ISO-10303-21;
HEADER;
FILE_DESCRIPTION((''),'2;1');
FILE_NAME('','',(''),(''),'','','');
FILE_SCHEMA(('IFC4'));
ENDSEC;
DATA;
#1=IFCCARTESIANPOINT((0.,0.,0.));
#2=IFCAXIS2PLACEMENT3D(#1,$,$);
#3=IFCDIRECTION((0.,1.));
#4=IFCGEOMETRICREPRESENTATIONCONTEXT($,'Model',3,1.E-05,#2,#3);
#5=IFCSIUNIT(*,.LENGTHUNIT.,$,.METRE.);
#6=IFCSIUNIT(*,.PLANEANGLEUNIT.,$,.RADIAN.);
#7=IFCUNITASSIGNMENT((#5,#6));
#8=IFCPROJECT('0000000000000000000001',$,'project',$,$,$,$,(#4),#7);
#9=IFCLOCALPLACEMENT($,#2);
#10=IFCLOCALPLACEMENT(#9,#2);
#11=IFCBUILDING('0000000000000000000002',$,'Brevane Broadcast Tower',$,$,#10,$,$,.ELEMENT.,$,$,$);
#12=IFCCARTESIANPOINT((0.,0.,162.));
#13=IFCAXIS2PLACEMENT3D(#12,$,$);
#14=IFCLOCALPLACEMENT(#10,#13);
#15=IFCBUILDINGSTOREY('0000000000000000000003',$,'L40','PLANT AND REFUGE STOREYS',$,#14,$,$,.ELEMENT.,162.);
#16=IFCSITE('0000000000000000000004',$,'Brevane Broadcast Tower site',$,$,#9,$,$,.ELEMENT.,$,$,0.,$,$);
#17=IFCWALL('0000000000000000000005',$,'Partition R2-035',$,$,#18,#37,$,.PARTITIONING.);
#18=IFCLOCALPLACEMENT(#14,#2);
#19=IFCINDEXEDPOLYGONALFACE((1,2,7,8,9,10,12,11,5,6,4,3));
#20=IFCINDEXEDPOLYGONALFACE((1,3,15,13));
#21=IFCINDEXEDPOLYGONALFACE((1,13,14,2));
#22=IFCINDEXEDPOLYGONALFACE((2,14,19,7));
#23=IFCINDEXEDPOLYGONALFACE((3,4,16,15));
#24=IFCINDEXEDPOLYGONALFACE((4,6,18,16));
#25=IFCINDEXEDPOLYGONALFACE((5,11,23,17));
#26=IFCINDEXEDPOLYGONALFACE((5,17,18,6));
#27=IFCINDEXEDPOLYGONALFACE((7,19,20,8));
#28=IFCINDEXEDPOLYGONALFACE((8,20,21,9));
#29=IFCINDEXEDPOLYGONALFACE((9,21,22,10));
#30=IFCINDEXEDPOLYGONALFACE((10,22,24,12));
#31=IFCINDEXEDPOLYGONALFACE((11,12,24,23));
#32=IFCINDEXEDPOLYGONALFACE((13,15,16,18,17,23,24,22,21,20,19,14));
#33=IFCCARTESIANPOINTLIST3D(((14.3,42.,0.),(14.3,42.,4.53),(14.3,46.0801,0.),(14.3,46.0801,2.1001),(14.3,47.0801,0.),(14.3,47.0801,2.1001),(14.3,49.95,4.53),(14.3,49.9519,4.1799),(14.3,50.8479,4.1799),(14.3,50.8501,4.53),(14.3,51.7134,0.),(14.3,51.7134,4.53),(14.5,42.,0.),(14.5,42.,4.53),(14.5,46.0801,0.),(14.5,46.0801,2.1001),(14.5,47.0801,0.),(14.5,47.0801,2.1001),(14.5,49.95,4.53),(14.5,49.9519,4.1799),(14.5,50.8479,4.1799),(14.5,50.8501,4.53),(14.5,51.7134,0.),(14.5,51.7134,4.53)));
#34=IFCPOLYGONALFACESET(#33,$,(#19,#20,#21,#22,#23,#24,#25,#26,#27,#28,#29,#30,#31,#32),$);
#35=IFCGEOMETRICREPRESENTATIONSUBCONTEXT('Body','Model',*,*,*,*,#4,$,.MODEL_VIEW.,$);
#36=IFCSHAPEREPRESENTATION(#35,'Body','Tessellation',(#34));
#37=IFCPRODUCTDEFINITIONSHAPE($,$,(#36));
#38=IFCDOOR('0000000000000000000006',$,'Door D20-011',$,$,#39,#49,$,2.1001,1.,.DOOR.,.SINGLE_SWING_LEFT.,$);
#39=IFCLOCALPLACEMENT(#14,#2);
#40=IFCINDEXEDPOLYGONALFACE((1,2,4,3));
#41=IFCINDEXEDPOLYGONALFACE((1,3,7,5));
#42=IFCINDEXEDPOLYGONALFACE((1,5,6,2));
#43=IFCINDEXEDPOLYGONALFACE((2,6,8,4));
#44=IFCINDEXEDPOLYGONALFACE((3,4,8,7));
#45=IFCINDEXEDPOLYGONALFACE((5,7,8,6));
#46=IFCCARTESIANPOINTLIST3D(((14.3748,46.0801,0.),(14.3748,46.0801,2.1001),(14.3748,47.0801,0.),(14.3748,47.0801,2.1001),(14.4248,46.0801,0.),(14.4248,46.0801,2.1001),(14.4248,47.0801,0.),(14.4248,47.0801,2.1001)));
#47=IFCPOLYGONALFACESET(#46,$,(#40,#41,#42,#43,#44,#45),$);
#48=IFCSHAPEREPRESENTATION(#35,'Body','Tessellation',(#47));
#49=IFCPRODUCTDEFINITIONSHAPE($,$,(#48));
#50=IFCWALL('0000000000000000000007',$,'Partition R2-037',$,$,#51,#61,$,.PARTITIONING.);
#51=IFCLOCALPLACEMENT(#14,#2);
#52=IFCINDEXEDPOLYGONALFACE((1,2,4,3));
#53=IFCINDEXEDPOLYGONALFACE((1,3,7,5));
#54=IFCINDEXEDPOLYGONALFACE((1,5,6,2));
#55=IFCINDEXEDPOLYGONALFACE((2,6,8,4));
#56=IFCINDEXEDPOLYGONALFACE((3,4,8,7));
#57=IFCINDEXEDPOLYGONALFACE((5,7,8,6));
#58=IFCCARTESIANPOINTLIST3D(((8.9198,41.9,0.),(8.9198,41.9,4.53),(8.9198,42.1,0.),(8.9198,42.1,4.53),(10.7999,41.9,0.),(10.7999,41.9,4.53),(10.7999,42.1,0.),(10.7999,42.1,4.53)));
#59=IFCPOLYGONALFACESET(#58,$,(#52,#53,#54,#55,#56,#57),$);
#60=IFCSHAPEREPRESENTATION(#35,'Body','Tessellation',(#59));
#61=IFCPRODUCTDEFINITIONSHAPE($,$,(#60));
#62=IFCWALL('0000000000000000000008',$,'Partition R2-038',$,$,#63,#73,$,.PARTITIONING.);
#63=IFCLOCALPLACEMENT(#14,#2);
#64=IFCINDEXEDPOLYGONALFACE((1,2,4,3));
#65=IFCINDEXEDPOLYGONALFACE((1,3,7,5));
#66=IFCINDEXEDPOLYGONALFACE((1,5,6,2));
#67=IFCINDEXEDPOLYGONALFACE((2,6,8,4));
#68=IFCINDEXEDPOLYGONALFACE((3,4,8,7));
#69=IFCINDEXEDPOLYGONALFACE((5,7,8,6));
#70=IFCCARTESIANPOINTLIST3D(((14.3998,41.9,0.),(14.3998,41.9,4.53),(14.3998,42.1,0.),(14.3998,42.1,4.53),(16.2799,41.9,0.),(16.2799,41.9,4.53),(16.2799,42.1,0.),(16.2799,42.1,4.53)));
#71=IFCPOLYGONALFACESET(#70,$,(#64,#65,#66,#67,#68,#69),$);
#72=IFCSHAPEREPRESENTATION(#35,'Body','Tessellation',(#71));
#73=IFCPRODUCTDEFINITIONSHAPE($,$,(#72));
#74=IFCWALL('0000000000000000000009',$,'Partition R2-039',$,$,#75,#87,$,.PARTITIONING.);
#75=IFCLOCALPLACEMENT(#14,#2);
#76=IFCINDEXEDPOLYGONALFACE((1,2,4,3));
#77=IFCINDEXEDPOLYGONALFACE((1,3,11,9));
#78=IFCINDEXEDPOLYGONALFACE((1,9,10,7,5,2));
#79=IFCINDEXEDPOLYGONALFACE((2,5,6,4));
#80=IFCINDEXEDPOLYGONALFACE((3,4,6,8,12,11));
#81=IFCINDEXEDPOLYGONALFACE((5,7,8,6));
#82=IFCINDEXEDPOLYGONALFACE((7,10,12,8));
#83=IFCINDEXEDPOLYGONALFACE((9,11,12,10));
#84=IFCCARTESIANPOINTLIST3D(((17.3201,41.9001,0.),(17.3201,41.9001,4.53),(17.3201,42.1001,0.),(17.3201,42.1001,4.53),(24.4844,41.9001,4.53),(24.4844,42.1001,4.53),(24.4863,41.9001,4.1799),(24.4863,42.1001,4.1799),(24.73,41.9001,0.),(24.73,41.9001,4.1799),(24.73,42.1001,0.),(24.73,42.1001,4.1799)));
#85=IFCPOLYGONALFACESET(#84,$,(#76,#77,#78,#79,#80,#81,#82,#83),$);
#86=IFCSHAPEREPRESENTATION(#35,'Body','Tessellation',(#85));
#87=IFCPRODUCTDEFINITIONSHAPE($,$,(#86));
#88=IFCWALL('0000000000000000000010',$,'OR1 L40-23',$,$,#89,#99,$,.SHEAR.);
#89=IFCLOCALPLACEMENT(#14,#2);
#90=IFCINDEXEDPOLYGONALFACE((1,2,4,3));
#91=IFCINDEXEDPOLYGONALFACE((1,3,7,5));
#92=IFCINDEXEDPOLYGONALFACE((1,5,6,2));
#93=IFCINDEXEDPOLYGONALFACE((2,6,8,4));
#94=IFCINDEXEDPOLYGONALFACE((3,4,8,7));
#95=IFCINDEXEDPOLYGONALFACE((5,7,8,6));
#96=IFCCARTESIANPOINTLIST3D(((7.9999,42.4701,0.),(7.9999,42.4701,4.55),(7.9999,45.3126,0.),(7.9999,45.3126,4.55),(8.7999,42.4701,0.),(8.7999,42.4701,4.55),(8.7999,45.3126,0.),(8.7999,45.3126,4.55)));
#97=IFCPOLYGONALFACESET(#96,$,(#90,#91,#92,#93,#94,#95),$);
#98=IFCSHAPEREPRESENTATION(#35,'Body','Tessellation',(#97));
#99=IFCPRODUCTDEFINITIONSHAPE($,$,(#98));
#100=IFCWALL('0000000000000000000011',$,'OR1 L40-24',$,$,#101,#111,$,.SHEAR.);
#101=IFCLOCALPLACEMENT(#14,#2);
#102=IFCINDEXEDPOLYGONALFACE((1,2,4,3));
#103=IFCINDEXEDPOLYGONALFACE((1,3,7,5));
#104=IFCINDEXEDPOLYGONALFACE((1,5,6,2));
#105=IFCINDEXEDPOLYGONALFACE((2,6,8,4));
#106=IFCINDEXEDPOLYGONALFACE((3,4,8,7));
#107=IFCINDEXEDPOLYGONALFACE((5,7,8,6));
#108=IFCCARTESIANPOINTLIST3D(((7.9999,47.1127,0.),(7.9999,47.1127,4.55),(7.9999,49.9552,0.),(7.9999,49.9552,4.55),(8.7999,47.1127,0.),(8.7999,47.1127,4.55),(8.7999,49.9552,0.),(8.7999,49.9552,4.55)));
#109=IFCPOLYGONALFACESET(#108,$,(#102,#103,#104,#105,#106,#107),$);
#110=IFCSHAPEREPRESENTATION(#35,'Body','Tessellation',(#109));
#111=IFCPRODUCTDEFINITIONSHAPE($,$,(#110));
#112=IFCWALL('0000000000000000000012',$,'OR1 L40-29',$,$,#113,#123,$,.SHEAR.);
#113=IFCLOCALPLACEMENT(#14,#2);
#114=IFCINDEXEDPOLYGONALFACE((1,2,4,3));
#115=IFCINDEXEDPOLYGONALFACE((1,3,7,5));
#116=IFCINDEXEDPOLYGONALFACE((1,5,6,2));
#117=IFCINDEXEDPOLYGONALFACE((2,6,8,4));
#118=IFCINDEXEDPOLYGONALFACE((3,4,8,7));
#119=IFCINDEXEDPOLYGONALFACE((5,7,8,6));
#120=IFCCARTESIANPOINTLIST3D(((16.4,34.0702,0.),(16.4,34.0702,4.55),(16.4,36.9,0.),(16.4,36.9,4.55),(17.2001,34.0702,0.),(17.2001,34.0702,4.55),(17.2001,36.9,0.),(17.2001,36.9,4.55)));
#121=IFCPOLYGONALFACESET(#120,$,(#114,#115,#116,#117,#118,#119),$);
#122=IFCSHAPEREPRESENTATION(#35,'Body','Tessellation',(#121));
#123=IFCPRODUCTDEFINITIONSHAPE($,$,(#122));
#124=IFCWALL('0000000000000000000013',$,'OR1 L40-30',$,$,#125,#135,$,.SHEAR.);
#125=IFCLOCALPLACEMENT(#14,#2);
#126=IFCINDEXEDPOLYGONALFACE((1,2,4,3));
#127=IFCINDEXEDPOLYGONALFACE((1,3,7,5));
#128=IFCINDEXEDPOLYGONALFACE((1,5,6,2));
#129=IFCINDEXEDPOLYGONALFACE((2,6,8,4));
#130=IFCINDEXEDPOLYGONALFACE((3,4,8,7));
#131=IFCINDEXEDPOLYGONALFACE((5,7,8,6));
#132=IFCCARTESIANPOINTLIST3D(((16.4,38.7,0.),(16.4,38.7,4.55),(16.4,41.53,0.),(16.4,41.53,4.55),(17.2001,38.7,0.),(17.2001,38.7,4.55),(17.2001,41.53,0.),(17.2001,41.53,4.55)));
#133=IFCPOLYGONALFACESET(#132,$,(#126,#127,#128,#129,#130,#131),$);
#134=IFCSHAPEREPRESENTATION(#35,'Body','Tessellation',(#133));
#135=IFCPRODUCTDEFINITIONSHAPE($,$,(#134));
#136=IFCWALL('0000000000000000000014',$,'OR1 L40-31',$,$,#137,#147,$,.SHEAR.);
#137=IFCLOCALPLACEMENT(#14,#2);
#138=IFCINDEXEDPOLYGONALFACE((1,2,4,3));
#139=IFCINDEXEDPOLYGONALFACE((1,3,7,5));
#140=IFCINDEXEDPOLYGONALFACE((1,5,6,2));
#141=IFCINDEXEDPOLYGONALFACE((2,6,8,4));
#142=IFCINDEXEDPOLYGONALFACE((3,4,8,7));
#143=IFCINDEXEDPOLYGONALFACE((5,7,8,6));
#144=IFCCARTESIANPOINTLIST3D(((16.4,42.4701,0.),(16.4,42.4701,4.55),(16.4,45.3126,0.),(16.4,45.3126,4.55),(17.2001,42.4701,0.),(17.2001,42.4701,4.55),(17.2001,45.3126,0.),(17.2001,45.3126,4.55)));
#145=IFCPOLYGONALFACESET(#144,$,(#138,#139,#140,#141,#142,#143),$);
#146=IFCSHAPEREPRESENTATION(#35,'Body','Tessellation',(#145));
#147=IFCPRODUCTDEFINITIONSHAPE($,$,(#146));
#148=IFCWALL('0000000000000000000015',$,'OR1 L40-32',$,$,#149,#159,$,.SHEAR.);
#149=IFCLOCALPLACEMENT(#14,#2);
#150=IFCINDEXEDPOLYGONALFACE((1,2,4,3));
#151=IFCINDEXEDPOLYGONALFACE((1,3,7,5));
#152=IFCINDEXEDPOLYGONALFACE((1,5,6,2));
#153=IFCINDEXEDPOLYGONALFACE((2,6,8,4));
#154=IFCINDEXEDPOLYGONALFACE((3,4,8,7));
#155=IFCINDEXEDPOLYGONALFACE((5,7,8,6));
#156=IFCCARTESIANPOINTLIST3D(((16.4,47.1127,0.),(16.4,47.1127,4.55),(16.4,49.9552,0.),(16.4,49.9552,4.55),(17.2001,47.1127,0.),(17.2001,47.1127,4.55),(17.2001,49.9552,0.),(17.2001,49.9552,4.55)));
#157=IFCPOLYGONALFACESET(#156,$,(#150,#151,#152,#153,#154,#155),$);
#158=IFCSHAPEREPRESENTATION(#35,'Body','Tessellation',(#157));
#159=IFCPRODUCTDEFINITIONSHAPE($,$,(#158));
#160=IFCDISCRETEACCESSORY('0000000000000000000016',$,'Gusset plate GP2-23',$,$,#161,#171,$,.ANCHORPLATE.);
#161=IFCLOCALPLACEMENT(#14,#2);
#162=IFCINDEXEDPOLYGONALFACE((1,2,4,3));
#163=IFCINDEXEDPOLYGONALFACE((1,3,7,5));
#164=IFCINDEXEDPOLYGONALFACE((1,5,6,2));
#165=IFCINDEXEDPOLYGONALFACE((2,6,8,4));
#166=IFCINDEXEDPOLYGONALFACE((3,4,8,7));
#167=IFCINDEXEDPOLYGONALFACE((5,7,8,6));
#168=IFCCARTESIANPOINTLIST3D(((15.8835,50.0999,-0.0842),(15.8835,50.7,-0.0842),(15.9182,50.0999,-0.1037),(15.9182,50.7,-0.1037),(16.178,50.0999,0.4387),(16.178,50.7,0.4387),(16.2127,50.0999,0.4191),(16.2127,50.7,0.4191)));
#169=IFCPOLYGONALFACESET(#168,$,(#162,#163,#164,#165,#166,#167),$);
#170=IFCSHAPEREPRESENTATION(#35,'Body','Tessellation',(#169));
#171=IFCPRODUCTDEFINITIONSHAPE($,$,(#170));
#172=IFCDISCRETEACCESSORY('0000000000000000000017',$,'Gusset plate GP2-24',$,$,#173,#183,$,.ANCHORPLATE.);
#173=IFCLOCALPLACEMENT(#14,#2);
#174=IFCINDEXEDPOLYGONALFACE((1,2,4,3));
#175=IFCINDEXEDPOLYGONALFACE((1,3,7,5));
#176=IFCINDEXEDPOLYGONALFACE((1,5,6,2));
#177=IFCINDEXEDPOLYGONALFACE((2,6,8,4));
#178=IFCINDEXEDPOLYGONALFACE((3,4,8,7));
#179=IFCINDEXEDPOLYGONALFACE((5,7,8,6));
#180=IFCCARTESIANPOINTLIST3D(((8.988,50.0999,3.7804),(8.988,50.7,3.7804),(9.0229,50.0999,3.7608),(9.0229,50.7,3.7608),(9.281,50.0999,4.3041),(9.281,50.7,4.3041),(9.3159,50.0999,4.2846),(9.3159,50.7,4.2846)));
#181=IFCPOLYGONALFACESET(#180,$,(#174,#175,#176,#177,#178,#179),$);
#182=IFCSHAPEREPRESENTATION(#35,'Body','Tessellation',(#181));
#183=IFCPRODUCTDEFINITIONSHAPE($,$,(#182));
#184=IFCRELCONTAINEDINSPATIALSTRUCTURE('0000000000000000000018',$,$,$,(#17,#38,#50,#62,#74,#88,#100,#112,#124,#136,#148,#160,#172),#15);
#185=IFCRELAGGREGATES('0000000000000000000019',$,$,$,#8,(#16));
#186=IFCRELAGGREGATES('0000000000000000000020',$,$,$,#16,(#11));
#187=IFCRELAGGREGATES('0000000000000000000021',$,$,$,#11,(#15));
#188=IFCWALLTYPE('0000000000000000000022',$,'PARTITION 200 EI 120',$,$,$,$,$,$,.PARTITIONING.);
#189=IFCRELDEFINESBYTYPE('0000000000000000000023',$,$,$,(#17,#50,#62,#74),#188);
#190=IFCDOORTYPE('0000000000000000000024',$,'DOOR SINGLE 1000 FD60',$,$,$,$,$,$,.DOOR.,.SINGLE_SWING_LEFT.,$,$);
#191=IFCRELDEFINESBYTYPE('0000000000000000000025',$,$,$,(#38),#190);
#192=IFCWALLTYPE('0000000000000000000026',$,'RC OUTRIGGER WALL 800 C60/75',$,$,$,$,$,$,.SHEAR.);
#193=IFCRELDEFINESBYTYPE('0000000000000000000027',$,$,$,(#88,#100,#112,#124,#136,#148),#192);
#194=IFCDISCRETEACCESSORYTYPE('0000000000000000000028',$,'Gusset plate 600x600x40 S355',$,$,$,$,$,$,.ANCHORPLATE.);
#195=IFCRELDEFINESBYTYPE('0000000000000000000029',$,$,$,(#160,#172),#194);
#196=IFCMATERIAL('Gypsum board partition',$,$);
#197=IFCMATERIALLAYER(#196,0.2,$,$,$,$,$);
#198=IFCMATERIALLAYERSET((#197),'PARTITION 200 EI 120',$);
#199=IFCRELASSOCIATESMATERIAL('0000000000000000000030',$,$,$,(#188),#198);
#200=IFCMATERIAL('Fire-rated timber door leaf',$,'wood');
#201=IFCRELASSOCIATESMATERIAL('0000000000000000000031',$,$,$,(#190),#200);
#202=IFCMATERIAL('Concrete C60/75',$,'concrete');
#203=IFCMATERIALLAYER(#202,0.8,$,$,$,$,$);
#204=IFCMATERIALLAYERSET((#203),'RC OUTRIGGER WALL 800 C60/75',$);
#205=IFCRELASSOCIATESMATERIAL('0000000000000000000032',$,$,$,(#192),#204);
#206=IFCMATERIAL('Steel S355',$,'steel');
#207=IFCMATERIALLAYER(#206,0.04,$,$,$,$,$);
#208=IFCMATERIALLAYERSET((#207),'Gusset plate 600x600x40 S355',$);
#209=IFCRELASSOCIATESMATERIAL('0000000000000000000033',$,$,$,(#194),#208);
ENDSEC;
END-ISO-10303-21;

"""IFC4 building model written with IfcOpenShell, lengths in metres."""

from ifc_helpers import new_model, si_unit, direction, frame, frame_2d, origin, origin_2d, place, context, subcontext, project, spatial, polyline, rectangle, outline, extrude, material, layer, layer_set, type_object, element, fill, save


model = new_model("IFC4")

# Units and contexts
model_context = context("Model", 3, precision=1e-05, world=origin(), true_north=direction((0.0, 1.0)))
body_context = subcontext(model_context, "Body", "Model", "MODEL_VIEW")
ifc_project = project(units=[si_unit("LENGTHUNIT", "METRE"), si_unit("PLANEANGLEUNIT", "RADIAN")], contexts=[model_context])

# Site, building, storey
site_placement = place(None, origin())
site = spatial("IfcSite", under=ifc_project, at=site_placement, Name="Brevane Broadcast Tower site", CompositionType="ELEMENT", RefElevation=0.0)
building_placement = place(site_placement, origin())
building = spatial("IfcBuilding", under=site, at=building_placement, Name="Brevane Broadcast Tower", CompositionType="ELEMENT")
storey_placement = place(building_placement, frame((0.0, 0.0, 162.0)))
storey = spatial("IfcBuildingStorey", under=building, at=storey_placement, Name="L40", Description="PLANT AND REFUGE STOREYS", CompositionType="ELEMENT", Elevation=162.0)

# Shared definitions
ifc_material_1 = material(Name="Concrete C60/75", Category="concrete")

# Shared definitions
ifc_material_2 = material(Name="Steel S355", Category="steel")

# Shared definitions
ifc_material_3 = material(Name="Gypsum board partition")
ifc_layer_1 = layer(ifc_material_3, 0.2)
ifc_layer_set_1 = layer_set([ifc_layer_1], Name="PARTITION 200 EI 120")
wall_type_1 = type_object("IfcWallType", Name="PARTITION 200 EI 120", PredefinedType="PARTITIONING", material=ifc_layer_set_1)

# Shared definitions
ifc_material_4 = material(Name="Fire-rated timber door leaf", Category="wood")

# Shared definitions
door_type_1 = type_object("IfcDoorType", Name="DOOR SINGLE 1000 FD60", OperationType="SINGLE_SWING_LEFT", PredefinedType="DOOR", material=ifc_material_4)

# Wall, opening, door
wall_1_placement = place(storey_placement, frame((14.3999, 51.7134, 0.0), z_axis=(0.0, 0.0, 1.0), x_axis=(0.0, -1.0, 0.0)))
wall_1 = element("IfcWall", 1, at=wall_1_placement, inside=storey, type_object=wall_type_1, Name="Partition R2-035", PredefinedType="PARTITIONING", context=body_context, shape_type="SweptSolid", body=[
    extrude(outline(polyline([(0.0, 0.0), (9.7134, 0.0), (9.7134, 4.53), (1.7634, 4.53), (1.7615, 4.1799), (0.8655, 4.1799), (0.8633, 4.53), (0.2334, 4.53), (0.0, 4.53), (0.0, 0.0)])), frame((0.0, 0.1001, 0.0), z_axis=(0.0, -1.0, 0.0), x_axis=(1.0, 0.0, 0.0)), (0.0, 0.0, 1.0), 0.2),
])
opening_1_placement = place(wall_1_placement, frame((4.6333, 0.0, 0.0)))
opening_1 = element("IfcOpeningElement", 2, at=opening_1_placement, cuts=wall_1, PredefinedType="OPENING", context=body_context, shape_type="SweptSolid", body=[
    extrude(rectangle(XDim=1.0, YDim=2.1001, at=frame_2d((0.5, 1.05))), frame((0.0, 0.1099, 0.0), z_axis=(0.0, -1.0, 0.0), x_axis=(1.0, 0.0, 0.0)), (0.0, 0.0, 1.0), 0.22),
])
door_1_placement = place(opening_1_placement, origin())
door_1 = element("IfcDoor", 3, at=door_1_placement, inside=storey, type_object=door_type_1, Name="Door D20-011", OperationType="SINGLE_SWING_LEFT", OverallHeight=2.1001, OverallWidth=1.0, PredefinedType="DOOR", context=body_context, shape_type="SweptSolid", body=[
    extrude(rectangle(XDim=1.0, YDim=2.1001, at=frame_2d((0.5, 1.05))), frame((0.0, 0.0249, 0.0), z_axis=(0.0, -1.0, 0.0), x_axis=(1.0, 0.0, 0.0)), (0.0, 0.0, 1.0), 0.05),
])
fill(opening_1, door_1)

# Walls
for number, where, z_axis, x_axis, name in (
    (4, (8.9199, 42.0, 0.0), (0.0, 0.0, 1.0), (1.0, 0.0, 0.0), "Partition R2-037"),
    (5, (14.3999, 42.0, 0.0), (0.0, 0.0, 1.0), (1.0, 0.0, 0.0), "Partition R2-038"),
):
    element("IfcWall", number, at=place(storey_placement, frame(where, z_axis=z_axis, x_axis=x_axis)), inside=storey, type_object=wall_type_1, Name=name, PredefinedType="PARTITIONING", context=body_context, shape_type="SweptSolid", body=[
        extrude(rectangle(XDim=1.8801, YDim=0.2, at=frame_2d((0.9399, 0.0))), origin(), (0.0, 0.0, 1.0), 4.53),
    ])
wall_2_placement = place(storey_placement, frame((17.3201, 42.0, 0.0), z_axis=(0.0, 0.0, 1.0), x_axis=(1.0, 0.0, 0.0)))
element("IfcWall", 6, at=wall_2_placement, inside=storey, type_object=wall_type_1, Name="Partition R2-039", PredefinedType="PARTITIONING", context=body_context, shape_type="SweptSolid", body=[
    extrude(outline(polyline([(0.0, 0.0), (7.4099, 0.0), (7.4099, 4.1799), (7.1663, 4.1799), (7.1643, 4.53), (0.0, 4.53), (0.0, 0.0)])), frame((0.0, 0.1001, 0.0), z_axis=(0.0, -1.0, 0.0), x_axis=(1.0, 0.0, 0.0)), (0.0, 0.0, 1.0), 0.2),
])
ifc_layer_2 = layer(ifc_material_1, 0.8)
ifc_layer_set_2 = layer_set([ifc_layer_2], Name="RC OUTRIGGER WALL 800 C60/75")
wall_type_2 = type_object("IfcWallType", Name="RC OUTRIGGER WALL 800 C60/75", PredefinedType="SHEAR", material=ifc_layer_set_2)
for number, where, z_axis, x_axis, name in (
    (7, (8.3999, 42.47, 0.0), (0.0, 0.0, 1.0), (0.0, 1.0, 0.0), "OR1 L40-23"),
    (8, (8.3999, 47.1125, 0.0), (0.0, 0.0, 1.0), (0.0, 1.0, 0.0), "OR1 L40-24"),
):
    element("IfcWall", number, at=place(storey_placement, frame(where, z_axis=z_axis, x_axis=x_axis)), inside=storey, type_object=wall_type_2, Name=name, PredefinedType="SHEAR", context=body_context, shape_type="SweptSolid", body=[
        extrude(rectangle(XDim=2.8425, YDim=0.8, at=frame_2d((1.4214, 0.0))), origin(), (0.0, 0.0, 1.0), 4.55),
    ])
wall_3_placement = place(storey_placement, frame((16.8, 34.0701, 0.0), z_axis=(0.0, 0.0, 1.0), x_axis=(0.0, 1.0, 0.0)))
element("IfcWall", 9, at=wall_3_placement, inside=storey, type_object=wall_type_2, Name="OR1 L40-29", PredefinedType="SHEAR", context=body_context, shape_type="SweptSolid", body=[
    extrude(rectangle(XDim=2.8298, YDim=0.8, at=frame_2d((1.415, 0.0))), origin(), (0.0, 0.0, 1.0), 4.55),
])
wall_4_placement = place(storey_placement, frame((16.8, 38.7, 0.0), z_axis=(0.0, 0.0, 1.0), x_axis=(0.0, 1.0, 0.0)))
element("IfcWall", 10, at=wall_4_placement, inside=storey, type_object=wall_type_2, Name="OR1 L40-30", PredefinedType="SHEAR", context=body_context, shape_type="SweptSolid", body=[
    extrude(rectangle(XDim=2.8301, YDim=0.8, at=frame_2d((1.415, 0.0))), origin(), (0.0, 0.0, 1.0), 4.55),
])
for number, where, z_axis, x_axis, name in (
    (11, (16.8, 42.47, 0.0), (0.0, 0.0, 1.0), (0.0, 1.0, 0.0), "OR1 L40-31"),
    (12, (16.8, 47.1125, 0.0), (0.0, 0.0, 1.0), (0.0, 1.0, 0.0), "OR1 L40-32"),
):
    element("IfcWall", number, at=place(storey_placement, frame(where, z_axis=z_axis, x_axis=x_axis)), inside=storey, type_object=wall_type_2, Name=name, PredefinedType="SHEAR", context=body_context, shape_type="SweptSolid", body=[
        extrude(rectangle(XDim=2.8425, YDim=0.8, at=frame_2d((1.4214, 0.0))), origin(), (0.0, 0.0, 1.0), 4.55),
    ])

# Discrete accessories
ifc_layer_3 = layer(ifc_material_2, 0.04)
ifc_layer_set_3 = layer_set([ifc_layer_3], Name="Gusset plate 600x600x40 S355")
discrete_accessory_type = type_object("IfcDiscreteAccessoryType", Name="Gusset plate 600x600x40 S355", PredefinedType="ANCHORPLATE", material=ifc_layer_set_3)
discrete_accessory_1_placement = place(storey_placement, frame((16.0654, 50.3999, 0.1577), z_axis=(-0.871248, 0.0, 0.490844), x_axis=(0.0, -1.0, 0.0)))
element("IfcDiscreteAccessory", 13, at=discrete_accessory_1_placement, inside=storey, type_object=discrete_accessory_type, Name="Gusset plate GP2-23", PredefinedType="ANCHORPLATE", context=body_context, shape_type="SweptSolid", body=[
    extrude(rectangle(XDim=0.6001, YDim=0.6001, at=origin_2d()), origin(), (0.0, 0.0, 1.0), 0.0398),
])
discrete_accessory_2_placement = place(storey_placement, frame((9.1694, 50.3999, 4.0227), z_axis=(-0.872714, 0.0, 0.488232), x_axis=(0.0, -1.0, 0.0)))
element("IfcDiscreteAccessory", 14, at=discrete_accessory_2_placement, inside=storey, type_object=discrete_accessory_type, Name="Gusset plate GP2-24", PredefinedType="ANCHORPLATE", context=body_context, shape_type="SweptSolid", body=[
    extrude(rectangle(XDim=0.6001, YDim=0.6001, at=origin_2d()), origin(), (0.0, 0.0, 1.0), 0.04),
])

save(model, "model.ifc")
